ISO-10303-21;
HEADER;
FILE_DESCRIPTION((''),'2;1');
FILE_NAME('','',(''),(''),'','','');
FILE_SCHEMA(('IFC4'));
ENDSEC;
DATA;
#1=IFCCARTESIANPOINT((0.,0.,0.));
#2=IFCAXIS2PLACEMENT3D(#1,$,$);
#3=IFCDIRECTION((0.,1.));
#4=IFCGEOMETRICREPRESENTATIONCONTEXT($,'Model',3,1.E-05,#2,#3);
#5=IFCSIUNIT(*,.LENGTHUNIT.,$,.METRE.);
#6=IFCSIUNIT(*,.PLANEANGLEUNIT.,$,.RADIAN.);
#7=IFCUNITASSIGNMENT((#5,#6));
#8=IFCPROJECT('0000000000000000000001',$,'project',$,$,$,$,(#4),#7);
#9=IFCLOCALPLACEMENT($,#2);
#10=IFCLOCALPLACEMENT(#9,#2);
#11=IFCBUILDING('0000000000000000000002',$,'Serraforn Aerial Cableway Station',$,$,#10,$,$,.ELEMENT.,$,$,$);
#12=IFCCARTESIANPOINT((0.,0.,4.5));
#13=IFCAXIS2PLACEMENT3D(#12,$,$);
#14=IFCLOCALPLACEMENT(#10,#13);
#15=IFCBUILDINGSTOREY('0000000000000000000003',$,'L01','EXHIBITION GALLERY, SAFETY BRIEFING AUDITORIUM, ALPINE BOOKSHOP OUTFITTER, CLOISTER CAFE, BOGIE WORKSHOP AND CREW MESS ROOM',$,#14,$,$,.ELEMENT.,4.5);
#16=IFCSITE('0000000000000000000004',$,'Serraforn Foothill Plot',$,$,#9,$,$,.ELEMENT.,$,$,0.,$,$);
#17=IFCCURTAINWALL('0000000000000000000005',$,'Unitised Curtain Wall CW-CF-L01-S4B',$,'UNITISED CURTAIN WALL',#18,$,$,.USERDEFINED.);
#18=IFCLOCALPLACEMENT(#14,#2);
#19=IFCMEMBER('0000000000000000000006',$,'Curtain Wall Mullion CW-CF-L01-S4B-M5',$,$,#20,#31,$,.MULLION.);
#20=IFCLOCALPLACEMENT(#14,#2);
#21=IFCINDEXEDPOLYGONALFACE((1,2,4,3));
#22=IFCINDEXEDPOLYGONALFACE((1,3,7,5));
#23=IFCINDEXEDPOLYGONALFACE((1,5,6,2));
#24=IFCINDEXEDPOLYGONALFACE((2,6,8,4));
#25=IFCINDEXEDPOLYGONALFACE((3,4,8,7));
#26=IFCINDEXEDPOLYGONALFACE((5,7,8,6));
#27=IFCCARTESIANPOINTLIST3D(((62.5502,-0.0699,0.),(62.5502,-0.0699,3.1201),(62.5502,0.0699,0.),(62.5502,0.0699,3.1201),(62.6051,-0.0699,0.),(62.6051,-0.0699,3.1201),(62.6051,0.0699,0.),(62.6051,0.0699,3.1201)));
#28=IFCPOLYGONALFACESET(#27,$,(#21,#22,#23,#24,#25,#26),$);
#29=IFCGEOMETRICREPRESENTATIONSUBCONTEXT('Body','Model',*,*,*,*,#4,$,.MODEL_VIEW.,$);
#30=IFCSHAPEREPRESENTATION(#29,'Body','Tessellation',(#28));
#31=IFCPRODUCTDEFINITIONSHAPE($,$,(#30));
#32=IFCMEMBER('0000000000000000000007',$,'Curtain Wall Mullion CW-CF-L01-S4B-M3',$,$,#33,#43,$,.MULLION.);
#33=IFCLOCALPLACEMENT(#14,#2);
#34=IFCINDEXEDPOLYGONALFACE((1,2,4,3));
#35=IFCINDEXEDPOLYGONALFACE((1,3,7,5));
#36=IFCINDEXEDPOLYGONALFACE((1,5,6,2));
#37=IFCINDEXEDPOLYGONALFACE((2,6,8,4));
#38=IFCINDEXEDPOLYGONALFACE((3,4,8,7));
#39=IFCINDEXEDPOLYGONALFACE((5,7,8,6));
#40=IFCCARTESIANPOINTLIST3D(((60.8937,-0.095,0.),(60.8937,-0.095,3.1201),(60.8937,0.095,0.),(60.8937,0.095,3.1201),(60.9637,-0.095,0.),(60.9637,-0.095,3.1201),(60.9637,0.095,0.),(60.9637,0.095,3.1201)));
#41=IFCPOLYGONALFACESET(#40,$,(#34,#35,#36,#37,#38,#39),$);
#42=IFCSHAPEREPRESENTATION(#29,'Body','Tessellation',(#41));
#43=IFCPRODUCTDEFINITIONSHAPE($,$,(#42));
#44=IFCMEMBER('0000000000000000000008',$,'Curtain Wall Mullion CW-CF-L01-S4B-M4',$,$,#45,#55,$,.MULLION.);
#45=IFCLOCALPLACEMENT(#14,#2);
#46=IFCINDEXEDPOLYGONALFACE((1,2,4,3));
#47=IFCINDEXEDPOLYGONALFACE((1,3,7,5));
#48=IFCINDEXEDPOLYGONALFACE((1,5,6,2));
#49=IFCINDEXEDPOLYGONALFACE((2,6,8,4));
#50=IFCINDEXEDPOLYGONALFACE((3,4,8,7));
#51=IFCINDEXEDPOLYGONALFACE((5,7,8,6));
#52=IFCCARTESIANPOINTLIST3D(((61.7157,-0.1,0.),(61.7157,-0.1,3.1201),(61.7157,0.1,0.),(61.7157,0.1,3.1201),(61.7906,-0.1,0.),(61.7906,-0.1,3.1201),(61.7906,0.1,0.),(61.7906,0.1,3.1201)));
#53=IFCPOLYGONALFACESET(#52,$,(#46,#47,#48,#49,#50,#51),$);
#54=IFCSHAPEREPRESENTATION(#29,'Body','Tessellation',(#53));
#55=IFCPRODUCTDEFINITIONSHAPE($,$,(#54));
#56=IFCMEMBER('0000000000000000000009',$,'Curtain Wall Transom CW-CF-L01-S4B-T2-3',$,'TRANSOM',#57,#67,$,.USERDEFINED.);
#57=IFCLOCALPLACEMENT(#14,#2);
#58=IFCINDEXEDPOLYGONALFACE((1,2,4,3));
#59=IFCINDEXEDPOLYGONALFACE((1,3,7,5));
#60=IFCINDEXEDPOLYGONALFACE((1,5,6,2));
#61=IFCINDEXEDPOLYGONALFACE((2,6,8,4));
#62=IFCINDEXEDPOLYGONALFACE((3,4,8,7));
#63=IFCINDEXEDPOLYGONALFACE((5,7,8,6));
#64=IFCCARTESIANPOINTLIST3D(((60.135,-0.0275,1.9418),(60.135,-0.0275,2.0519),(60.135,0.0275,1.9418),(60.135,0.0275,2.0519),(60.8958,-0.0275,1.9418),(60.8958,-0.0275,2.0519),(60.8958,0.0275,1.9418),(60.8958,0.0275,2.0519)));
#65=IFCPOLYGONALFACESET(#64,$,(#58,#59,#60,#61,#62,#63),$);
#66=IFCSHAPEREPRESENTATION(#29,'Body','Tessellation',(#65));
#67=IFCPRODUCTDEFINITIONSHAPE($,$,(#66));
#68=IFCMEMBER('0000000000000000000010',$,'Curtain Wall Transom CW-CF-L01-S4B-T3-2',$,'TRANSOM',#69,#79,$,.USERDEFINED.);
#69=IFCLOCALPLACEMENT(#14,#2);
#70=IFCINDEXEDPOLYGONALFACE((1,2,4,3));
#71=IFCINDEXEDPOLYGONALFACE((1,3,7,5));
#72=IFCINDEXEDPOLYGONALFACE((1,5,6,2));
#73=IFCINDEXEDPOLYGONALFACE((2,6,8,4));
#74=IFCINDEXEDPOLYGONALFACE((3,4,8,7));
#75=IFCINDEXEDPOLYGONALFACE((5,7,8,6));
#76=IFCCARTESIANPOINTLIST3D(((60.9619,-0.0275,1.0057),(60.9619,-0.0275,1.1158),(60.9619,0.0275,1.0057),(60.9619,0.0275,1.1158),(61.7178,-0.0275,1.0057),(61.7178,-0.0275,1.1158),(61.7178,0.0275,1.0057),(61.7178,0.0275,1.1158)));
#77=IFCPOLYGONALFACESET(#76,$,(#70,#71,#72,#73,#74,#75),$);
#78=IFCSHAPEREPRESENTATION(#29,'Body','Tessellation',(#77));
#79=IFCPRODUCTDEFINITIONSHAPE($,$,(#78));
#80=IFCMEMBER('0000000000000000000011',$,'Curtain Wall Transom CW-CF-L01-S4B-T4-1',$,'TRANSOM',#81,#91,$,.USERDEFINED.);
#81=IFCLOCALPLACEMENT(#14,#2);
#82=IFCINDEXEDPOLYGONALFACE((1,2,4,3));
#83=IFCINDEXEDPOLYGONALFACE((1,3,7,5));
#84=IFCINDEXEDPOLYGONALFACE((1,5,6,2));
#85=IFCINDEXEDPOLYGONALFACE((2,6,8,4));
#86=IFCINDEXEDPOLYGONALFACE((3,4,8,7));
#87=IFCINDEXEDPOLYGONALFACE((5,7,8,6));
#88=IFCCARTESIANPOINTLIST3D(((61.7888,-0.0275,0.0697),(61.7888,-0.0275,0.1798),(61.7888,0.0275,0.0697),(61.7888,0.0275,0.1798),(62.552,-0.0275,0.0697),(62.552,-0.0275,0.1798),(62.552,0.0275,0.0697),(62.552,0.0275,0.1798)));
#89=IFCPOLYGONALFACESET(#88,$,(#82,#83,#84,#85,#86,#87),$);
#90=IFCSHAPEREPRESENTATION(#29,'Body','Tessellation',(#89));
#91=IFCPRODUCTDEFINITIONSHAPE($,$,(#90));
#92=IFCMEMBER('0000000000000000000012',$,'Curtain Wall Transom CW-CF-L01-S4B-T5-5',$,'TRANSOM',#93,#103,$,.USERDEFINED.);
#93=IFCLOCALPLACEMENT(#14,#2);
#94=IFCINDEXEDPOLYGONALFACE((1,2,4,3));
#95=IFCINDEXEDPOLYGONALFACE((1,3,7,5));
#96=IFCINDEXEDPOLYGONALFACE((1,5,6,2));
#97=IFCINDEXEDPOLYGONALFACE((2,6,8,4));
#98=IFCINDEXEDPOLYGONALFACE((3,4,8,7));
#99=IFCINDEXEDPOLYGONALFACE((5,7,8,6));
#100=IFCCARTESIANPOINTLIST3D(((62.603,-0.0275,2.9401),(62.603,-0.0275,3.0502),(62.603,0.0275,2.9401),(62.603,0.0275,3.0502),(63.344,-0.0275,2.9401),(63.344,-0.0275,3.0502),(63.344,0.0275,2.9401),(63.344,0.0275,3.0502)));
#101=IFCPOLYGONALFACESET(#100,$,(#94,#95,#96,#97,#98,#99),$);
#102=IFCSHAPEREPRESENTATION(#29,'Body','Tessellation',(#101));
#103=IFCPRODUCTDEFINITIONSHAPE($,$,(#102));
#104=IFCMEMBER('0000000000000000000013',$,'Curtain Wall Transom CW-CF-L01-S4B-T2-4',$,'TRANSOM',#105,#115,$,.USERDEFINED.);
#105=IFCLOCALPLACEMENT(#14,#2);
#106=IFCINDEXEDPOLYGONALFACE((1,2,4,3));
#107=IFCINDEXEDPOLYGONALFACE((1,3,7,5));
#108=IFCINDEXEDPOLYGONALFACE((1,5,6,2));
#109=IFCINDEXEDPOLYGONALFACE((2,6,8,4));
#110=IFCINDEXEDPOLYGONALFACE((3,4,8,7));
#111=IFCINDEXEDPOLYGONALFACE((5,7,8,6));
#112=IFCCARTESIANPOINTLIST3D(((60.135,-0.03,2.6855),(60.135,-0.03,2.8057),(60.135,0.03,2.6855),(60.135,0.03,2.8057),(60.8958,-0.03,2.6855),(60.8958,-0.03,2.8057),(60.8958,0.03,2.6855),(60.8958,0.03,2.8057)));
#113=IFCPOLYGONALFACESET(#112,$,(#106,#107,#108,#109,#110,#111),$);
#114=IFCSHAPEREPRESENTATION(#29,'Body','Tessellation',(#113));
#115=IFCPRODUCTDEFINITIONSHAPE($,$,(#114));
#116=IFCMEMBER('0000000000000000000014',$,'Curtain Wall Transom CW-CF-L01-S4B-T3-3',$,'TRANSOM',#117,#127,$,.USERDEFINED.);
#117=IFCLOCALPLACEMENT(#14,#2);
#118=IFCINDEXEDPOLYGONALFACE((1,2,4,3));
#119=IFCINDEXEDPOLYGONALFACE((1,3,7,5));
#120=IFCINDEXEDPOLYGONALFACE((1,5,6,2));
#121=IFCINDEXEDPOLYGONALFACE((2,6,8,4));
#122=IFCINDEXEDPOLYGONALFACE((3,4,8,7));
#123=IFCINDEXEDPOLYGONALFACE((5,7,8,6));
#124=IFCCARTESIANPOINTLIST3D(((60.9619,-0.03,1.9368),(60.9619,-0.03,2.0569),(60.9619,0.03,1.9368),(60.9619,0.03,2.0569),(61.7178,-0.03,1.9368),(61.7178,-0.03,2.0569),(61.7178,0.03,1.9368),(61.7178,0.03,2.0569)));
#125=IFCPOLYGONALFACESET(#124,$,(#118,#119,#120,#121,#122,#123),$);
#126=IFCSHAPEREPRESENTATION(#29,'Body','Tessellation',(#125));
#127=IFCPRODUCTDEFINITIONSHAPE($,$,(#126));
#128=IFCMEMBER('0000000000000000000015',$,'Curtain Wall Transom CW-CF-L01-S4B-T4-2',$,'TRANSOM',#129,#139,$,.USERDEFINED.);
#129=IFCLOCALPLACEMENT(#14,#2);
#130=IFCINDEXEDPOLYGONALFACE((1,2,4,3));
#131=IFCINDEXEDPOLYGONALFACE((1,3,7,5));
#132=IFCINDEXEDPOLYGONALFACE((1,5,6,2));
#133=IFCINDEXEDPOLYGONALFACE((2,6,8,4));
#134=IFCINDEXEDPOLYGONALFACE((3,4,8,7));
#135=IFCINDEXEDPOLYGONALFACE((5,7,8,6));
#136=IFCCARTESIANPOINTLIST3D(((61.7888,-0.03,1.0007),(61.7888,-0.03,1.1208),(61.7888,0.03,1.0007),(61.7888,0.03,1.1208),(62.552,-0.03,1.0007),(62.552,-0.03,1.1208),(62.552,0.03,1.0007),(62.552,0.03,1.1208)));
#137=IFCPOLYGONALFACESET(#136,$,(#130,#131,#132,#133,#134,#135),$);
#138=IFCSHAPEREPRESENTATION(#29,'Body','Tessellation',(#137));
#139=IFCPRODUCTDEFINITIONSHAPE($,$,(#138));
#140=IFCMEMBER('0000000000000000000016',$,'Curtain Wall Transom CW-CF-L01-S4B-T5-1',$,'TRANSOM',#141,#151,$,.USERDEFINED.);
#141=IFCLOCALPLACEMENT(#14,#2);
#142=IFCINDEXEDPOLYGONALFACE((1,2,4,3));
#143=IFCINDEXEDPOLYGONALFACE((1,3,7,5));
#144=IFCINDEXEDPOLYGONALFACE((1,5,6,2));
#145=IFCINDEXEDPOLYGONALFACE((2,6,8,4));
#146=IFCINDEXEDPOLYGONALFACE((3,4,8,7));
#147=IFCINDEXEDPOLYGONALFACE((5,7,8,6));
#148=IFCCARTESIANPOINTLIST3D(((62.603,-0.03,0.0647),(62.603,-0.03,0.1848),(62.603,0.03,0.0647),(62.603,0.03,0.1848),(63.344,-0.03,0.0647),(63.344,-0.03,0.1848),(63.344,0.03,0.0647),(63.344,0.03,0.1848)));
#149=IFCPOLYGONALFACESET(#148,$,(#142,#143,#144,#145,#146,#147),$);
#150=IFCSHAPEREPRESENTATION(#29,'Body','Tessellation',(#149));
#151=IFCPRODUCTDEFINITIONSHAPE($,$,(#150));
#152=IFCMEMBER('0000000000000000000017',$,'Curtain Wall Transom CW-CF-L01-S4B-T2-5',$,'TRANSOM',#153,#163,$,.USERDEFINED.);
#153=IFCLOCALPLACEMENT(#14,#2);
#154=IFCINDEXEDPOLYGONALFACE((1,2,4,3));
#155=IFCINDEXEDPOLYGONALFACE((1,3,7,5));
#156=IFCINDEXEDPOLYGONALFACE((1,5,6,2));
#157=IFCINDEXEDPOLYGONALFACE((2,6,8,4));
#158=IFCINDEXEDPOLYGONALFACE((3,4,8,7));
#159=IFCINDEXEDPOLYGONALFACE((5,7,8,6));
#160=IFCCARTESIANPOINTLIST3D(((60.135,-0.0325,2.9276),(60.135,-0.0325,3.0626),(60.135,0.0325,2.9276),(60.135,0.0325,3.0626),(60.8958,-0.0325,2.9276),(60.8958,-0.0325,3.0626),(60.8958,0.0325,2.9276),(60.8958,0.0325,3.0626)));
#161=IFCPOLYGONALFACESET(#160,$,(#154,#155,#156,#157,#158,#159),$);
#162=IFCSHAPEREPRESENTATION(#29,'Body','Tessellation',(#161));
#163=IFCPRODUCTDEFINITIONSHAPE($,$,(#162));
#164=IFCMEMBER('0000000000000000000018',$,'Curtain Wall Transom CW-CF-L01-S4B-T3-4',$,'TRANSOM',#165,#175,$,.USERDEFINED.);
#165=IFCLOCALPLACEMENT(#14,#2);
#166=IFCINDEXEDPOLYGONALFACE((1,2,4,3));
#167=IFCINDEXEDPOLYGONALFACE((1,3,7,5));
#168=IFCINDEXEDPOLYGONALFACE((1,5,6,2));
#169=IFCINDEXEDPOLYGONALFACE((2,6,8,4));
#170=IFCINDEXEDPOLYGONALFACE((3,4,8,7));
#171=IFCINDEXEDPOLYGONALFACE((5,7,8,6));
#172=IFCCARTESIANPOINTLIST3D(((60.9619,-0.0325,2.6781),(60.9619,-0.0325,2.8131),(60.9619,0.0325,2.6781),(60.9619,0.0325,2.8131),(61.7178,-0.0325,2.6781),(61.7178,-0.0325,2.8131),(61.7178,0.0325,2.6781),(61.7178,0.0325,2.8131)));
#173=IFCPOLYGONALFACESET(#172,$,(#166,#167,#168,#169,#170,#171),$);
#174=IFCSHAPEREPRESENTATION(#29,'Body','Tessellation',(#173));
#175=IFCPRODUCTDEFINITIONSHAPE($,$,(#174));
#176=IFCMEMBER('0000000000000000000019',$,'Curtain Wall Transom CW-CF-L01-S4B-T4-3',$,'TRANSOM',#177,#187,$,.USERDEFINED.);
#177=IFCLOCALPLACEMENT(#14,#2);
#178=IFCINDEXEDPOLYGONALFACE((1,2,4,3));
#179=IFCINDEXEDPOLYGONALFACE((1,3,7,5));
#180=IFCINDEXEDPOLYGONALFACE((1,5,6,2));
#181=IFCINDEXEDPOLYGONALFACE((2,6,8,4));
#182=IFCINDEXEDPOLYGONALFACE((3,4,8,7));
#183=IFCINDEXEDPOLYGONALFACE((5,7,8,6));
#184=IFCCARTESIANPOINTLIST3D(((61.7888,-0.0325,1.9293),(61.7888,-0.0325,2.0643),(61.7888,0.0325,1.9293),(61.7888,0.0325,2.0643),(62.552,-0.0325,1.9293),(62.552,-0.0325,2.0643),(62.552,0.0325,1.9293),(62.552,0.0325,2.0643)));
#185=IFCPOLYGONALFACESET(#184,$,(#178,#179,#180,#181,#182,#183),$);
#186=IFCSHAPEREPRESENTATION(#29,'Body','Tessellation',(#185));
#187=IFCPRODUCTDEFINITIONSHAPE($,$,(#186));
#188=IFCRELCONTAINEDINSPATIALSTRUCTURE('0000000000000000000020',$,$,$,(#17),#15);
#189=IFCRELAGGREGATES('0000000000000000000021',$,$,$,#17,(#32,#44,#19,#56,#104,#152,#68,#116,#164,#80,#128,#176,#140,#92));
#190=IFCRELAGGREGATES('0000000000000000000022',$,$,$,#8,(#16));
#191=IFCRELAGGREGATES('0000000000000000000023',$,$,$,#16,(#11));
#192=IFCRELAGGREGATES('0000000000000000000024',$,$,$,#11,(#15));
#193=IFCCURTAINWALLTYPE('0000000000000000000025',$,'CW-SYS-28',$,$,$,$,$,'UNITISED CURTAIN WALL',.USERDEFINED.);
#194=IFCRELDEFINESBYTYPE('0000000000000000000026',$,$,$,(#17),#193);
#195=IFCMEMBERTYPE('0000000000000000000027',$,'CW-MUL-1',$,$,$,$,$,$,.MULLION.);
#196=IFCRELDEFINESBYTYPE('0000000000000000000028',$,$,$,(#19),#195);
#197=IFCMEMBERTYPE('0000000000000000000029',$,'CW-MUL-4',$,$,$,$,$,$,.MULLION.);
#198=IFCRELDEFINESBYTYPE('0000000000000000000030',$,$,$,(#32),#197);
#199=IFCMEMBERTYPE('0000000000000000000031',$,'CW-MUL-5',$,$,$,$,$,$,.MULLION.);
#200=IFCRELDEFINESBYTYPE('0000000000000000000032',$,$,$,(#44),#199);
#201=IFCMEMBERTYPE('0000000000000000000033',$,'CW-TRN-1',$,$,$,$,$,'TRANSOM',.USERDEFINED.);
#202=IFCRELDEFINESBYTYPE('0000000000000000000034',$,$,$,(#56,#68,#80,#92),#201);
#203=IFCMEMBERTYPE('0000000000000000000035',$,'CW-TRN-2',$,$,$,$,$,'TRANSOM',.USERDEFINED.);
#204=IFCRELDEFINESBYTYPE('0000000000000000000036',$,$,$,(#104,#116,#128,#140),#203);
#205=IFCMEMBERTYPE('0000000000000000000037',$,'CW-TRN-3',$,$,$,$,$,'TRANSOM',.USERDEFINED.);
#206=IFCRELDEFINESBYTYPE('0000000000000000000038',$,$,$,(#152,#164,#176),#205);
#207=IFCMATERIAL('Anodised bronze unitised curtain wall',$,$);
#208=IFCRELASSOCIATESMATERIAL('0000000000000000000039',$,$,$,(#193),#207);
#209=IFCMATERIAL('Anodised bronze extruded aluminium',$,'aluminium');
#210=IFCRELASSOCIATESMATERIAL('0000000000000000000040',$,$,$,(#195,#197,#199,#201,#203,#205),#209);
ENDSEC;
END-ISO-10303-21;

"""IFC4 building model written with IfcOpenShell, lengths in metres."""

from ifc_helpers import new_model, si_unit, direction, frame, origin, origin_2d, place, context, subcontext, project, spatial, rectangle, extrude, material, material_profile, profile_set, type_object, element, aggregate, save


model = new_model("IFC4")

# Units and contexts
model_context = context("Model", 3, precision=1e-05, world=origin(), true_north=direction((0.0, 1.0)))
body_context = subcontext(model_context, "Body", "Model", "MODEL_VIEW")
ifc_project = project(units=[si_unit("LENGTHUNIT", "METRE"), si_unit("PLANEANGLEUNIT", "RADIAN")], contexts=[model_context])

# Site, building, storey
site_placement = place(None, origin())
site = spatial("IfcSite", under=ifc_project, at=site_placement, Name="Serraforn Foothill Plot", CompositionType="ELEMENT", RefElevation=0.0)
building_placement = place(site_placement, origin())
building = spatial("IfcBuilding", under=site, at=building_placement, Name="Serraforn Aerial Cableway Station", CompositionType="ELEMENT")
storey_placement = place(building_placement, frame((0.0, 0.0, 4.5)))
storey = spatial("IfcBuildingStorey", under=building, at=storey_placement, Name="L01", Description="EXHIBITION GALLERY, SAFETY BRIEFING AUDITORIUM, ALPINE BOOKSHOP OUTFITTER, CLOISTER CAFE, BOGIE WORKSHOP AND CREW MESS ROOM", CompositionType="ELEMENT", Elevation=4.5)

# Curtain wall, members
ifc_material_1 = material(Name="Anodised bronze unitised curtain wall")
curtain_wall_type = type_object("IfcCurtainWallType", Name="CW-SYS-28", ElementType="UNITISED CURTAIN WALL", PredefinedType="USERDEFINED", material=ifc_material_1)
curtain_wall_placement = place(storey_placement, origin())
curtain_wall = element("IfcCurtainWall", 1, at=curtain_wall_placement, inside=storey, type_object=curtain_wall_type, Name="Unitised Curtain Wall CW-CF-L01-S4B", ObjectType="UNITISED CURTAIN WALL", PredefinedType="USERDEFINED")
ifc_material_2 = material(Name="Anodised bronze extruded aluminium", Category="aluminium")
ifc_material_profile_1 = material_profile(ifc_material_2, rectangle(XDim=0.0549, YDim=0.1399, at=origin_2d()), Name="CW MULLION 55x140")
ifc_profile_set_1 = profile_set([ifc_material_profile_1], Name="Anodised bronze extruded aluminium")
member_type_1 = type_object("IfcMemberType", Name="CW-MUL-1", PredefinedType="MULLION", material=ifc_profile_set_1)
member_1_placement = place(storey_placement, frame((62.5776, 0.0, 0.0), z_axis=(0.0, 0.0, 1.0), x_axis=(1.0, 0.0, 0.0)))
member_1 = element("IfcMember", 2, at=member_1_placement, type_object=member_type_1, Name="Curtain Wall Mullion CW-CF-L01-S4B-M5", PredefinedType="MULLION", context=body_context, shape_type="SweptSolid", body=[
    extrude(rectangle(XDim=0.0549, YDim=0.1399, at=origin_2d()), origin(), (0.0, 0.0, 1.0), 3.1201),
])
ifc_material_profile_2 = material_profile(ifc_material_2, rectangle(XDim=0.0701, YDim=0.1899, at=origin_2d()), Name="CW MULLION 70x190")
ifc_profile_set_2 = profile_set([ifc_material_profile_2], Name="Anodised bronze extruded aluminium")
member_type_2 = type_object("IfcMemberType", Name="CW-MUL-4", PredefinedType="MULLION", material=ifc_profile_set_2)
member_2_placement = place(storey_placement, frame((60.9287, 0.0, 0.0), z_axis=(0.0, 0.0, 1.0), x_axis=(1.0, 0.0, 0.0)))
member_2 = element("IfcMember", 3, at=member_2_placement, type_object=member_type_2, Name="Curtain Wall Mullion CW-CF-L01-S4B-M3", PredefinedType="MULLION", context=body_context, shape_type="SweptSolid", body=[
    extrude(rectangle(XDim=0.0701, YDim=0.1899, at=origin_2d()), origin(), (0.0, 0.0, 1.0), 3.1201),
])
ifc_material_profile_3 = material_profile(ifc_material_2, rectangle(XDim=0.075, YDim=0.2, at=origin_2d()), Name="CW MULLION 75x200")
ifc_profile_set_3 = profile_set([ifc_material_profile_3], Name="Anodised bronze extruded aluminium")
member_type_3 = type_object("IfcMemberType", Name="CW-MUL-5", PredefinedType="MULLION", material=ifc_profile_set_3)
member_3_placement = place(storey_placement, frame((61.7532, 0.0, 0.0), z_axis=(0.0, 0.0, 1.0), x_axis=(1.0, 0.0, 0.0)))
member_3 = element("IfcMember", 4, at=member_3_placement, type_object=member_type_3, Name="Curtain Wall Mullion CW-CF-L01-S4B-M4", PredefinedType="MULLION", context=body_context, shape_type="SweptSolid", body=[
    extrude(rectangle(XDim=0.075, YDim=0.2, at=origin_2d()), origin(), (0.0, 0.0, 1.0), 3.1201),
])
ifc_material_profile_4 = material_profile(ifc_material_2, rectangle(XDim=0.0549, YDim=0.1101, at=origin_2d()), Name="CW TRANSOM 55x110")
ifc_profile_set_4 = profile_set([ifc_material_profile_4], Name="Anodised bronze extruded aluminium")
member_type_4 = type_object("IfcMemberType", Name="CW-TRN-1", ElementType="TRANSOM", PredefinedType="USERDEFINED", material=ifc_profile_set_4)
member_4_placement = place(storey_placement, frame((60.135, 0.0, 1.9968), z_axis=(1.0, 0.0, 0.0), x_axis=(0.0, 1.0, 0.0)))
member_4 = element("IfcMember", 5, at=member_4_placement, type_object=member_type_4, Name="Curtain Wall Transom CW-CF-L01-S4B-T2-3", ObjectType="TRANSOM", PredefinedType="USERDEFINED", context=body_context, shape_type="SweptSolid", body=[
    extrude(rectangle(XDim=0.0549, YDim=0.1101, at=origin_2d()), origin(), (0.0, 0.0, 1.0), 0.7607),
])
member_5_placement = place(storey_placement, frame((60.9619, 0.0, 1.0608), z_axis=(1.0, 0.0, 0.0), x_axis=(0.0, 1.0, 0.0)))
member_5 = element("IfcMember", 6, at=member_5_placement, type_object=member_type_4, Name="Curtain Wall Transom CW-CF-L01-S4B-T3-2", ObjectType="TRANSOM", PredefinedType="USERDEFINED", context=body_context, shape_type="SweptSolid", body=[
    extrude(rectangle(XDim=0.0549, YDim=0.1101, at=origin_2d()), origin(), (0.0, 0.0, 1.0), 0.7559),
])
member_6_placement = place(storey_placement, frame((61.7888, 0.0, 0.1248), z_axis=(1.0, 0.0, 0.0), x_axis=(0.0, 1.0, 0.0)))
member_6 = element("IfcMember", 7, at=member_6_placement, type_object=member_type_4, Name="Curtain Wall Transom CW-CF-L01-S4B-T4-1", ObjectType="TRANSOM", PredefinedType="USERDEFINED", context=body_context, shape_type="SweptSolid", body=[
    extrude(rectangle(XDim=0.0549, YDim=0.1101, at=origin_2d()), origin(), (0.0, 0.0, 1.0), 0.7632),
])
member_7_placement = place(storey_placement, frame((62.603, 0.0, 2.9951), z_axis=(1.0, 0.0, 0.0), x_axis=(0.0, 1.0, 0.0)))
member_7 = element("IfcMember", 8, at=member_7_placement, type_object=member_type_4, Name="Curtain Wall Transom CW-CF-L01-S4B-T5-5", ObjectType="TRANSOM", PredefinedType="USERDEFINED", context=body_context, shape_type="SweptSolid", body=[
    extrude(rectangle(XDim=0.0549, YDim=0.1101, at=origin_2d()), origin(), (0.0, 0.0, 1.0), 0.741),
])
ifc_material_profile_5 = material_profile(ifc_material_2, rectangle(XDim=0.0601, YDim=0.1201, at=origin_2d()), Name="CW TRANSOM 60x120")
ifc_profile_set_5 = profile_set([ifc_material_profile_5], Name="Anodised bronze extruded aluminium")
member_type_5 = type_object("IfcMemberType", Name="CW-TRN-2", ElementType="TRANSOM", PredefinedType="USERDEFINED", material=ifc_profile_set_5)
member_8_placement = place(storey_placement, frame((60.135, 0.0, 2.7456), z_axis=(1.0, 0.0, 0.0), x_axis=(0.0, 1.0, 0.0)))
member_8 = element("IfcMember", 9, at=member_8_placement, type_object=member_type_5, Name="Curtain Wall Transom CW-CF-L01-S4B-T2-4", ObjectType="TRANSOM", PredefinedType="USERDEFINED", context=body_context, shape_type="SweptSolid", body=[
    extrude(rectangle(XDim=0.0601, YDim=0.1201, at=origin_2d()), origin(), (0.0, 0.0, 1.0), 0.7607),
])
member_9_placement = place(storey_placement, frame((60.9619, 0.0, 1.9968), z_axis=(1.0, 0.0, 0.0), x_axis=(0.0, 1.0, 0.0)))
member_9 = element("IfcMember", 10, at=member_9_placement, type_object=member_type_5, Name="Curtain Wall Transom CW-CF-L01-S4B-T3-3", ObjectType="TRANSOM", PredefinedType="USERDEFINED", context=body_context, shape_type="SweptSolid", body=[
    extrude(rectangle(XDim=0.0601, YDim=0.1201, at=origin_2d()), origin(), (0.0, 0.0, 1.0), 0.7559),
])
member_10_placement = place(storey_placement, frame((61.7888, 0.0, 1.0608), z_axis=(1.0, 0.0, 0.0), x_axis=(0.0, 1.0, 0.0)))
member_10 = element("IfcMember", 11, at=member_10_placement, type_object=member_type_5, Name="Curtain Wall Transom CW-CF-L01-S4B-T4-2", ObjectType="TRANSOM", PredefinedType="USERDEFINED", context=body_context, shape_type="SweptSolid", body=[
    extrude(rectangle(XDim=0.0601, YDim=0.1201, at=origin_2d()), origin(), (0.0, 0.0, 1.0), 0.7632),
])
member_11_placement = place(storey_placement, frame((62.603, 0.0, 0.1248), z_axis=(1.0, 0.0, 0.0), x_axis=(0.0, 1.0, 0.0)))
member_11 = element("IfcMember", 12, at=member_11_placement, type_object=member_type_5, Name="Curtain Wall Transom CW-CF-L01-S4B-T5-1", ObjectType="TRANSOM", PredefinedType="USERDEFINED", context=body_context, shape_type="SweptSolid", body=[
    extrude(rectangle(XDim=0.0601, YDim=0.1201, at=origin_2d()), origin(), (0.0, 0.0, 1.0), 0.741),
])
ifc_material_profile_6 = material_profile(ifc_material_2, rectangle(XDim=0.0649, YDim=0.135, at=origin_2d()), Name="CW TRANSOM 65x135")
ifc_profile_set_6 = profile_set([ifc_material_profile_6], Name="Anodised bronze extruded aluminium")
member_type_6 = type_object("IfcMemberType", Name="CW-TRN-3", ElementType="TRANSOM", PredefinedType="USERDEFINED", material=ifc_profile_set_6)
member_12_placement = place(storey_placement, frame((60.135, 0.0, 2.9951), z_axis=(1.0, 0.0, 0.0), x_axis=(0.0, 1.0, 0.0)))
member_12 = element("IfcMember", 13, at=member_12_placement, type_object=member_type_6, Name="Curtain Wall Transom CW-CF-L01-S4B-T2-5", ObjectType="TRANSOM", PredefinedType="USERDEFINED", context=body_context, shape_type="SweptSolid", body=[
    extrude(rectangle(XDim=0.0649, YDim=0.135, at=origin_2d()), origin(), (0.0, 0.0, 1.0), 0.7607),
])
member_13_placement = place(storey_placement, frame((60.9619, 0.0, 2.7456), z_axis=(1.0, 0.0, 0.0), x_axis=(0.0, 1.0, 0.0)))
member_13 = element("IfcMember", 14, at=member_13_placement, type_object=member_type_6, Name="Curtain Wall Transom CW-CF-L01-S4B-T3-4", ObjectType="TRANSOM", PredefinedType="USERDEFINED", context=body_context, shape_type="SweptSolid", body=[
    extrude(rectangle(XDim=0.0649, YDim=0.135, at=origin_2d()), origin(), (0.0, 0.0, 1.0), 0.7559),
])
member_14_placement = place(storey_placement, frame((61.7888, 0.0, 1.9968), z_axis=(1.0, 0.0, 0.0), x_axis=(0.0, 1.0, 0.0)))
member_14 = element("IfcMember", 15, at=member_14_placement, type_object=member_type_6, Name="Curtain Wall Transom CW-CF-L01-S4B-T4-3", ObjectType="TRANSOM", PredefinedType="USERDEFINED", context=body_context, shape_type="SweptSolid", body=[
    extrude(rectangle(XDim=0.0649, YDim=0.135, at=origin_2d()), origin(), (0.0, 0.0, 1.0), 0.7632),
])
aggregate(curtain_wall, [member_2, member_3, member_1, member_4, member_8, member_12, member_5, member_9, member_13, member_6, member_10, member_14, member_11, member_7])

save(model, "model.ifc")
